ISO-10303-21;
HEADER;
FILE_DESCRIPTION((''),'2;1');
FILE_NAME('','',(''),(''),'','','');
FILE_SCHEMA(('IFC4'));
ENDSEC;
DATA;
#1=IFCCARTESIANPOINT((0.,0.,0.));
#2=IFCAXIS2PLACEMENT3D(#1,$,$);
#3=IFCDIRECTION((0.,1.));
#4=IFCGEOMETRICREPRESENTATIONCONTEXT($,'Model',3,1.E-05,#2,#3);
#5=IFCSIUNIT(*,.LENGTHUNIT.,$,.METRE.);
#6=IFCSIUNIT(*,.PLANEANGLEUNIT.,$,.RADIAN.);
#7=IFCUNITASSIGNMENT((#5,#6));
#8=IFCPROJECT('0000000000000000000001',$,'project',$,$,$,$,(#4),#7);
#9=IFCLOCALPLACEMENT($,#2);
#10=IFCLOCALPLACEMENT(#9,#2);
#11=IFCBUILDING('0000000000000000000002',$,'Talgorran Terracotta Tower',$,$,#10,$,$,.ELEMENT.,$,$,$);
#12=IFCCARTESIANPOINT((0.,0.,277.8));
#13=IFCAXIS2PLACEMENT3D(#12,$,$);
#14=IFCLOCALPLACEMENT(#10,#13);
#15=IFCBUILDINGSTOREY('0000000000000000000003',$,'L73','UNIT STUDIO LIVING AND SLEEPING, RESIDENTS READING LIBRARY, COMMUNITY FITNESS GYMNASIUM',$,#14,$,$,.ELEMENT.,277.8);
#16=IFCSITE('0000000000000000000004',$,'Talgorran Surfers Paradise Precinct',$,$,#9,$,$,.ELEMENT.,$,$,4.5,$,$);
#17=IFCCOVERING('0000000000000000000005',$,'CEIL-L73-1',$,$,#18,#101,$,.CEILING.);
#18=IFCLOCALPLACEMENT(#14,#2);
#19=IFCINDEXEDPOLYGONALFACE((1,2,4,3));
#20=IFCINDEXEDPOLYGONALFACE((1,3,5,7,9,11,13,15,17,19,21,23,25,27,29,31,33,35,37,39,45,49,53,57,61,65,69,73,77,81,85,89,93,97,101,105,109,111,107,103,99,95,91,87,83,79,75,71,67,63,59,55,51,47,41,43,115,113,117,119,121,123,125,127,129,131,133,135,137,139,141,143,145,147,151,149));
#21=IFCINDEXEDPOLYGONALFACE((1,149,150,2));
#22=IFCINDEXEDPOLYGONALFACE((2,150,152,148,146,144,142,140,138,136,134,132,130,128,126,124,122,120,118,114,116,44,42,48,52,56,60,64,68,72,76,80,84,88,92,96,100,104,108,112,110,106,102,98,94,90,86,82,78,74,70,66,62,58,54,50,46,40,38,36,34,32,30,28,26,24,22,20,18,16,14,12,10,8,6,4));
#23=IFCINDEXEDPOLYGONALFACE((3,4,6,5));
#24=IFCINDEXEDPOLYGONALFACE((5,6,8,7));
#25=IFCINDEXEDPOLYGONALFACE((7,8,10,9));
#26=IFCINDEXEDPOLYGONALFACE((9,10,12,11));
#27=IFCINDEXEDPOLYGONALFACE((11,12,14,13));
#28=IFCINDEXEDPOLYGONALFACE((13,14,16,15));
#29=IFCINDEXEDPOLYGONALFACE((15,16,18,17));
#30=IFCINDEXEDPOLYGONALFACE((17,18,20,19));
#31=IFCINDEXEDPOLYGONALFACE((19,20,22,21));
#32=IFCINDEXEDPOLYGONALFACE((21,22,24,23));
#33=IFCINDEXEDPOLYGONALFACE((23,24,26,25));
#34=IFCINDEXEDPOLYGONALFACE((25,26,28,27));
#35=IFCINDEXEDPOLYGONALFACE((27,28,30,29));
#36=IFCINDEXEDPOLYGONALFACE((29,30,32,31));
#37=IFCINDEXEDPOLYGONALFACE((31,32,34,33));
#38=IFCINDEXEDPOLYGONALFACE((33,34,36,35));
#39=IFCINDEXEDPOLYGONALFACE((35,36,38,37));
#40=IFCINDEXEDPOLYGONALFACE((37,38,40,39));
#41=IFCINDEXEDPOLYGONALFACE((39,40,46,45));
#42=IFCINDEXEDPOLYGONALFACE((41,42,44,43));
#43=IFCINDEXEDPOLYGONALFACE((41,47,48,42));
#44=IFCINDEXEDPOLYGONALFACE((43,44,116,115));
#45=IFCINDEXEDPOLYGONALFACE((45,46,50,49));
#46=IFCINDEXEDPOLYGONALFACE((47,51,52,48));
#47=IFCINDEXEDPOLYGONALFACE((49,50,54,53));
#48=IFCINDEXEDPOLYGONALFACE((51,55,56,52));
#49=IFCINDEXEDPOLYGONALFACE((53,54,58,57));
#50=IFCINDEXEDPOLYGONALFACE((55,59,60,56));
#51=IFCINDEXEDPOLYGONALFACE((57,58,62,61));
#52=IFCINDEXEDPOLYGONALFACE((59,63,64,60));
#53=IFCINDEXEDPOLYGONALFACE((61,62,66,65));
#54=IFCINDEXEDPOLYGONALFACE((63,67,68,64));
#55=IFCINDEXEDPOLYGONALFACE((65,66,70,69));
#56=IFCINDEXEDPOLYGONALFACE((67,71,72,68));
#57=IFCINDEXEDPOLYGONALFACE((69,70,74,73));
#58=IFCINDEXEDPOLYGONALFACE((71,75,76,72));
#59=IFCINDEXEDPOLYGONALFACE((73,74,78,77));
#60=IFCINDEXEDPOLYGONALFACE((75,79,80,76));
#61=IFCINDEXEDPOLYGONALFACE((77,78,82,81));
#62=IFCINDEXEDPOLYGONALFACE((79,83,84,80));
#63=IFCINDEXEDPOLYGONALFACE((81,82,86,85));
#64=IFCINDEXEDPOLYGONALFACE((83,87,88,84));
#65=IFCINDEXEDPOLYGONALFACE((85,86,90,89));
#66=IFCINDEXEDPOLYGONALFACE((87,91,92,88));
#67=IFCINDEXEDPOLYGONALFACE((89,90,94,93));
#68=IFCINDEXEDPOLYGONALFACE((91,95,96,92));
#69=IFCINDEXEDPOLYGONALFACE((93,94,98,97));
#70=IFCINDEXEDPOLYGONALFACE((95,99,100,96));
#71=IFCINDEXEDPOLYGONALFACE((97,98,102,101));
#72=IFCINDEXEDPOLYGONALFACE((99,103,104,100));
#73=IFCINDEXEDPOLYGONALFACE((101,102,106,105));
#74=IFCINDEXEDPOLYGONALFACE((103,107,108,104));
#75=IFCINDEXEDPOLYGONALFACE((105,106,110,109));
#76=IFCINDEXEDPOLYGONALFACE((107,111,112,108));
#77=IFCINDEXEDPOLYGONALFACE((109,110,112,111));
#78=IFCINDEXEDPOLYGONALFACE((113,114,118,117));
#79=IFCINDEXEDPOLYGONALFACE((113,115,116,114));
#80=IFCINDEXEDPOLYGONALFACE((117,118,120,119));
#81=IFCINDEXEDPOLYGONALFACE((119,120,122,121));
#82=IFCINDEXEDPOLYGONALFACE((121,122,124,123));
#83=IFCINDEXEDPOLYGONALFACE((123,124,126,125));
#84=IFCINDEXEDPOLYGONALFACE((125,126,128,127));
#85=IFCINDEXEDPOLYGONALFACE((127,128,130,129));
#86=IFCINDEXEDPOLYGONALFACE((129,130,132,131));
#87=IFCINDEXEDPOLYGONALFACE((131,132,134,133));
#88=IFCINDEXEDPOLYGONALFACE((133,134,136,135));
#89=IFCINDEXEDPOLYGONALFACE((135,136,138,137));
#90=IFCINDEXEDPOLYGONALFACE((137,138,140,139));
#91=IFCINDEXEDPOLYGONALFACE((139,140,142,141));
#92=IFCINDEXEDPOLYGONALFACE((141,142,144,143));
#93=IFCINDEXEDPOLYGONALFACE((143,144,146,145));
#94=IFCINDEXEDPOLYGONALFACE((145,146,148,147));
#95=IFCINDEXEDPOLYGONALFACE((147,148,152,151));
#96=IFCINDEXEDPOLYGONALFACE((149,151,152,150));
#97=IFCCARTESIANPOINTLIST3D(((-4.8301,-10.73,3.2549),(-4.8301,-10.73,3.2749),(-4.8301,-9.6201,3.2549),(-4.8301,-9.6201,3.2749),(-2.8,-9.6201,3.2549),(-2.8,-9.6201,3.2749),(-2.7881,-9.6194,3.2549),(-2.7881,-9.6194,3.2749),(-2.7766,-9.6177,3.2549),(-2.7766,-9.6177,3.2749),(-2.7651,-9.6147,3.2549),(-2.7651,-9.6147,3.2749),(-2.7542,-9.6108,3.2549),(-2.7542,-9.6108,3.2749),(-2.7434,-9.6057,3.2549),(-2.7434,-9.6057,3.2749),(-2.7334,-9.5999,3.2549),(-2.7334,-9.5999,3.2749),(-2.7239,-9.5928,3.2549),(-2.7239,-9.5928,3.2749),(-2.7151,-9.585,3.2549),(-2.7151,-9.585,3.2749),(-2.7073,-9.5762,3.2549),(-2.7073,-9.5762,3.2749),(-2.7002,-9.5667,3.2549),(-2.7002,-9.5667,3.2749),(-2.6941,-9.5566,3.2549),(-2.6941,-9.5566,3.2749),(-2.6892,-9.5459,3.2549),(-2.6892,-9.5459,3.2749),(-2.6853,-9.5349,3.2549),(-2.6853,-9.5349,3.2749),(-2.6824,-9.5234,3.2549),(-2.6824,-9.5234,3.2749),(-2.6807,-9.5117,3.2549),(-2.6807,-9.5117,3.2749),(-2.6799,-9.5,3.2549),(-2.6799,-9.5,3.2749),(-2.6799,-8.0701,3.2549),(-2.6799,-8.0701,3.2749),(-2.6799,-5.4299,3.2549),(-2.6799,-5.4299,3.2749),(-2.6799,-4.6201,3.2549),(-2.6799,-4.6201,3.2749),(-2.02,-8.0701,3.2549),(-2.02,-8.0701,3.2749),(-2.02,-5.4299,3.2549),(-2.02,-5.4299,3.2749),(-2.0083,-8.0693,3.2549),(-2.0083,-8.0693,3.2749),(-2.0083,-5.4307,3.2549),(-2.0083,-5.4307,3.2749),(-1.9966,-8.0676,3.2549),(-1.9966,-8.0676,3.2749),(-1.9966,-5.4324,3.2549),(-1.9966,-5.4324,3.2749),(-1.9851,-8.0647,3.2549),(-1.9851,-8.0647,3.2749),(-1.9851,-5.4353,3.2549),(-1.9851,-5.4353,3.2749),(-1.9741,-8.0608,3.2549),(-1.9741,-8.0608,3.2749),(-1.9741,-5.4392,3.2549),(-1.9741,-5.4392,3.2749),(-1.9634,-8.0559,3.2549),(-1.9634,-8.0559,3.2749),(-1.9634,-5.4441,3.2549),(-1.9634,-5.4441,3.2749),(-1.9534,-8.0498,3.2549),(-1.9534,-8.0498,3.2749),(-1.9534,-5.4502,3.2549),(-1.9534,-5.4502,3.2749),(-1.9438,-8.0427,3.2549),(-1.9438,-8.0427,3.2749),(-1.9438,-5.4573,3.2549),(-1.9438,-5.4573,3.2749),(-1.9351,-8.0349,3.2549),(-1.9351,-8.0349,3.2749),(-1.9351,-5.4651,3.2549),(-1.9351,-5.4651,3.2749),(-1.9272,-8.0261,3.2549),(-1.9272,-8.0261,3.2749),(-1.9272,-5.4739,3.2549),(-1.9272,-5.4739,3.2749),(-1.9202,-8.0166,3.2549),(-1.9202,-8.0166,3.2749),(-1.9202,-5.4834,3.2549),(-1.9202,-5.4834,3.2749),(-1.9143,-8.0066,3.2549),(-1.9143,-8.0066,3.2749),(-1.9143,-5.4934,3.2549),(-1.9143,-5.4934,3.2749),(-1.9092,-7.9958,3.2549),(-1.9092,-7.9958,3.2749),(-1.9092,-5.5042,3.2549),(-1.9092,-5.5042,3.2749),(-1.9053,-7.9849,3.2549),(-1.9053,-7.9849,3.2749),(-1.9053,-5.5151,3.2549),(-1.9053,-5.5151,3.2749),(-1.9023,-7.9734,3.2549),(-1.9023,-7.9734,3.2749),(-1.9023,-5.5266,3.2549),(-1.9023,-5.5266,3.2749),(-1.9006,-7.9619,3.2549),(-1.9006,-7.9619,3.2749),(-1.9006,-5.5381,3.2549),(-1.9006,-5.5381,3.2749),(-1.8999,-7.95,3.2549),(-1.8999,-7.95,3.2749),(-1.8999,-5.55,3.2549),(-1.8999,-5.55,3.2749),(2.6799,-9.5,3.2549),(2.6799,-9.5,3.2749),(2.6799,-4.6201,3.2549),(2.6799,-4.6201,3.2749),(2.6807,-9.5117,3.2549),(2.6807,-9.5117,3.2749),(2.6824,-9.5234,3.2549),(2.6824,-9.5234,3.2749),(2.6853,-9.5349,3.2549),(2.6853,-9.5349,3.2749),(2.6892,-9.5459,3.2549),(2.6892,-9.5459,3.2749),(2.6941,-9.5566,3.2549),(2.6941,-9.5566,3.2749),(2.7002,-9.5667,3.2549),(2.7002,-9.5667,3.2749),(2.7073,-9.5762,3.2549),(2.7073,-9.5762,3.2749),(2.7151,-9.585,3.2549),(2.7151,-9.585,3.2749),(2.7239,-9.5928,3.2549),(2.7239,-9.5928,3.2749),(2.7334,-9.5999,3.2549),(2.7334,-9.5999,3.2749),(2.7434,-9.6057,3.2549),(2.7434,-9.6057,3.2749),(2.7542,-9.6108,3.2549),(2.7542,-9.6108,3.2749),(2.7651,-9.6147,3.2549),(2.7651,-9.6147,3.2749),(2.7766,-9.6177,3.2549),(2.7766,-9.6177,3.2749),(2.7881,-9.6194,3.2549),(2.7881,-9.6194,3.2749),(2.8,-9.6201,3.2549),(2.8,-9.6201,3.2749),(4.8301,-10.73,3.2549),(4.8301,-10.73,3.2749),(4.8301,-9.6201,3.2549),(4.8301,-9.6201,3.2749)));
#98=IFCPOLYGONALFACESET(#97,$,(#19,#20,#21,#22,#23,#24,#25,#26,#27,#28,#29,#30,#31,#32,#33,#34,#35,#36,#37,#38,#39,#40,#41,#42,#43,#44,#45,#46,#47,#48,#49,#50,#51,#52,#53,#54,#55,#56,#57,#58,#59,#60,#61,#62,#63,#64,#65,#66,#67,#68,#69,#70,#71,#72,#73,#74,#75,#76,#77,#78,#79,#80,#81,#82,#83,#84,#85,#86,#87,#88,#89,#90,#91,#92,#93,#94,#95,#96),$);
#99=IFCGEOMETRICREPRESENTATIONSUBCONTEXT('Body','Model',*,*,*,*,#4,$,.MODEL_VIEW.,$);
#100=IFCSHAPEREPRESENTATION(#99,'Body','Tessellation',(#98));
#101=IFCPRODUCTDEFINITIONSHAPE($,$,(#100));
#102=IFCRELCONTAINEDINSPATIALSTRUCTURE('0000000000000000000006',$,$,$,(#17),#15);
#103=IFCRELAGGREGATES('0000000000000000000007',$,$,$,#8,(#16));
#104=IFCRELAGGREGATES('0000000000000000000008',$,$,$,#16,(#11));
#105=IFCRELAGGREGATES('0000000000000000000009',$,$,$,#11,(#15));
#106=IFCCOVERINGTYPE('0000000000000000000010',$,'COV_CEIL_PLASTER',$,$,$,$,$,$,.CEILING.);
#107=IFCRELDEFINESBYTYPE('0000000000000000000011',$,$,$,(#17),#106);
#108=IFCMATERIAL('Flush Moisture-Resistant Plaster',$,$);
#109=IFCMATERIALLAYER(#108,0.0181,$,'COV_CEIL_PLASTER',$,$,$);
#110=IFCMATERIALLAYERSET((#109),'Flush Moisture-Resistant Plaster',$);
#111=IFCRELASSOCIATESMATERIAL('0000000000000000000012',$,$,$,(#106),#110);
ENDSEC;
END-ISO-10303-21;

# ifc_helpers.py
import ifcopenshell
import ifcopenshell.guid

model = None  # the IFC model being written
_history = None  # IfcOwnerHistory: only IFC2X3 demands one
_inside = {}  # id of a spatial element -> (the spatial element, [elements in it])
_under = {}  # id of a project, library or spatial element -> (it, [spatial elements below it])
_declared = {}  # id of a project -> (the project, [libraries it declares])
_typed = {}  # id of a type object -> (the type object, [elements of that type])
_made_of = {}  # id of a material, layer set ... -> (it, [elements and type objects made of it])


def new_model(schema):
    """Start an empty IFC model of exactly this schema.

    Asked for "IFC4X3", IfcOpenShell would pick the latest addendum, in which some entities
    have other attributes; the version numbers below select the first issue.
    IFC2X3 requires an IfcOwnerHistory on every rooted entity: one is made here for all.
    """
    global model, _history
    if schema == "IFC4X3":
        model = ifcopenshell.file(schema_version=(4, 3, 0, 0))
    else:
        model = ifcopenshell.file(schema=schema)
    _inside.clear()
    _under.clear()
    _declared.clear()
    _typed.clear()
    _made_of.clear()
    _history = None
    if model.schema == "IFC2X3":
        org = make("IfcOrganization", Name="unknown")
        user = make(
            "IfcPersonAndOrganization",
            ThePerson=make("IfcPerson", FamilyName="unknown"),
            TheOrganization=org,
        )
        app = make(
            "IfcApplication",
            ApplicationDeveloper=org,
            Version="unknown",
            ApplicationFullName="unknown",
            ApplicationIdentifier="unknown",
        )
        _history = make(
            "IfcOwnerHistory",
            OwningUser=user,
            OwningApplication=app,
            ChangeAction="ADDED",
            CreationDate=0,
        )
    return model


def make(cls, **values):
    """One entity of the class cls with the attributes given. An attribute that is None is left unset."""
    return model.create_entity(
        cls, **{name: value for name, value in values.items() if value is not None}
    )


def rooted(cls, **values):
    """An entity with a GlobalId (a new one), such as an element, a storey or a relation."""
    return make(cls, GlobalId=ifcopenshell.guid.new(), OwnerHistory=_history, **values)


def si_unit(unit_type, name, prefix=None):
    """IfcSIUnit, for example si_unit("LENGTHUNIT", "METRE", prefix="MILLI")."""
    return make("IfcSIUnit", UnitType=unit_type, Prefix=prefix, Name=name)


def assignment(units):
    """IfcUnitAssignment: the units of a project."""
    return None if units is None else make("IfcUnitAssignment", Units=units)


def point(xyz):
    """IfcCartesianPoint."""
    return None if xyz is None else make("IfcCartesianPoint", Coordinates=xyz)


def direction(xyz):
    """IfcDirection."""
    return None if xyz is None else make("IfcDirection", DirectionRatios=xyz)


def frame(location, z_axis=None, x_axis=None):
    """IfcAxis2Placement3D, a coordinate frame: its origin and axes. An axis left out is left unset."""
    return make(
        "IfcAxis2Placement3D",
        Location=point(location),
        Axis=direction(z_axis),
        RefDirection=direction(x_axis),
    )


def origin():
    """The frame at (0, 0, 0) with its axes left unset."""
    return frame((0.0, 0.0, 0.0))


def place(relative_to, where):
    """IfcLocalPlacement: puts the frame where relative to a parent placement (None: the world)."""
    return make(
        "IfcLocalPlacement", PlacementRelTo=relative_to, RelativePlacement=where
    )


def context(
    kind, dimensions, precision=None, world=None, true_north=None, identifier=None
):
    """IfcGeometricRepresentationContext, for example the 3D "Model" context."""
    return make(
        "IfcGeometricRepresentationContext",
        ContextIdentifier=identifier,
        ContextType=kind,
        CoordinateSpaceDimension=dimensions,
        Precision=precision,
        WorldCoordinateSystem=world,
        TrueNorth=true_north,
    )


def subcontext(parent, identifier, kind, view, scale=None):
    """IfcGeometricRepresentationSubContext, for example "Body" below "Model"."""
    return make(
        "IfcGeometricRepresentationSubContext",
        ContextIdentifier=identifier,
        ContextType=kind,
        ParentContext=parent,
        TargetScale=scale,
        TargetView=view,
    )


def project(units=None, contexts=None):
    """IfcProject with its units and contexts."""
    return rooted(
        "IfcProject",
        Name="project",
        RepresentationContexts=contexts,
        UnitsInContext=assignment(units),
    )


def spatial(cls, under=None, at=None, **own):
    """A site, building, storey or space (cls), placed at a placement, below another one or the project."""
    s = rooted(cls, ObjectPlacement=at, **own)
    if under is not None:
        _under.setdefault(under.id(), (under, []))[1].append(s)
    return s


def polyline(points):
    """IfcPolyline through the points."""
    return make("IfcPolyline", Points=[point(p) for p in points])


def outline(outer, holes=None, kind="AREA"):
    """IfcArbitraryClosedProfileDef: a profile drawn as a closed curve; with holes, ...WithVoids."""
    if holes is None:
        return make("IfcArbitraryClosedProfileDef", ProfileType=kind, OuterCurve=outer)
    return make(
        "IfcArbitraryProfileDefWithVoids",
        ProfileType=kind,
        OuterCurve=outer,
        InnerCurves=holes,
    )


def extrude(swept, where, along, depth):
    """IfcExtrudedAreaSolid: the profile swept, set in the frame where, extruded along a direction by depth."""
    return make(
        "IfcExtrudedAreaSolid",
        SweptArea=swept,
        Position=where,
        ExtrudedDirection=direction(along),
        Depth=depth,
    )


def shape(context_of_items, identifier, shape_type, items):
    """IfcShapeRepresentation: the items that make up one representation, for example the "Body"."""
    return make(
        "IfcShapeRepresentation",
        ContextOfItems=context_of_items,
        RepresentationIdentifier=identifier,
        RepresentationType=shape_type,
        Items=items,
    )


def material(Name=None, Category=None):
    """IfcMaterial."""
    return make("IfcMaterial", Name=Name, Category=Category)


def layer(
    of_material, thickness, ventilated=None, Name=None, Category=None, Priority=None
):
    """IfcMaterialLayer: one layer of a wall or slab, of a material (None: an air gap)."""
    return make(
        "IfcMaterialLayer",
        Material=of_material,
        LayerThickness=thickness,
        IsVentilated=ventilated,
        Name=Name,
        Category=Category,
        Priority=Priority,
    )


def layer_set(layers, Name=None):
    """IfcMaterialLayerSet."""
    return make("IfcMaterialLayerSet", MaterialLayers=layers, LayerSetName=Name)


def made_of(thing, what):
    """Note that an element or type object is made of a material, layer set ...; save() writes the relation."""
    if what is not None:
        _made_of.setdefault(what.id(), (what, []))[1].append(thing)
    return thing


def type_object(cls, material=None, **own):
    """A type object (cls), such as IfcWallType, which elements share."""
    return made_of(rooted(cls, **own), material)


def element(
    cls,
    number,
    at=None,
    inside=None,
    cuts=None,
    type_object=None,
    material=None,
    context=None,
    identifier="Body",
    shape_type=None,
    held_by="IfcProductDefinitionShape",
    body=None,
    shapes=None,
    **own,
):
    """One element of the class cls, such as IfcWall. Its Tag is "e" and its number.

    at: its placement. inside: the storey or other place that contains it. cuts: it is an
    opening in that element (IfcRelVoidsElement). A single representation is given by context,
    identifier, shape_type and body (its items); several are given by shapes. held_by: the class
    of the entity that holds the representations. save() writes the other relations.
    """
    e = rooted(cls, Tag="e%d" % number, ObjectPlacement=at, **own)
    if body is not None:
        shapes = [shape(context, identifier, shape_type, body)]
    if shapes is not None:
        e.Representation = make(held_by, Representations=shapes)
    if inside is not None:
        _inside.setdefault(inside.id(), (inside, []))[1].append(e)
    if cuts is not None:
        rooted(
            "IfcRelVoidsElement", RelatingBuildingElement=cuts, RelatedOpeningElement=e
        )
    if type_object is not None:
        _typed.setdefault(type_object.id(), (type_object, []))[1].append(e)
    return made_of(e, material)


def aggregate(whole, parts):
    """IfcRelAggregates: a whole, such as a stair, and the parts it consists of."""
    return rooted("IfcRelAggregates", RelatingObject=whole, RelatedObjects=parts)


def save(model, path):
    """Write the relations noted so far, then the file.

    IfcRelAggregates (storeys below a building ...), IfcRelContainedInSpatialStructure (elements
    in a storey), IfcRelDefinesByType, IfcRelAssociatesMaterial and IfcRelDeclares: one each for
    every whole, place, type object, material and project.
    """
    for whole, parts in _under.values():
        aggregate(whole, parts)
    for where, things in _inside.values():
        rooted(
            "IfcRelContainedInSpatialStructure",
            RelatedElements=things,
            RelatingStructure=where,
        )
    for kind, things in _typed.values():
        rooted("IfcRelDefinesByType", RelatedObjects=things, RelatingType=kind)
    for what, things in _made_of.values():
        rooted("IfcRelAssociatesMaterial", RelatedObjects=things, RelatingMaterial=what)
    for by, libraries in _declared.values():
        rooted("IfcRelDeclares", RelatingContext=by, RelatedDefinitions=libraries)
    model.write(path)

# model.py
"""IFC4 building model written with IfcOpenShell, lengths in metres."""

from ifc_helpers import new_model, si_unit, direction, frame, origin, place, context, subcontext, project, spatial, polyline, outline, extrude, material, layer, layer_set, type_object, element, save


model = new_model("IFC4")

# Units and contexts
model_context = context("Model", 3, precision=1e-05, world=origin(), true_north=direction((0.0, 1.0)))
body_context = subcontext(model_context, "Body", "Model", "MODEL_VIEW")
ifc_project = project(units=[si_unit("LENGTHUNIT", "METRE"), si_unit("PLANEANGLEUNIT", "RADIAN")], contexts=[model_context])

# Site, building, storey
site_placement = place(None, origin())
site = spatial("IfcSite", under=ifc_project, at=site_placement, Name="Talgorran Surfers Paradise Precinct", CompositionType="ELEMENT", RefElevation=4.5)
building_placement = place(site_placement, origin())
building = spatial("IfcBuilding", under=site, at=building_placement, Name="Talgorran Terracotta Tower", CompositionType="ELEMENT")
storey_placement = place(building_placement, frame((0.0, 0.0, 277.8)))
storey = spatial("IfcBuildingStorey", under=building, at=storey_placement, Name="L73", Description="UNIT STUDIO LIVING AND SLEEPING, RESIDENTS READING LIBRARY, COMMUNITY FITNESS GYMNASIUM", CompositionType="ELEMENT", Elevation=277.8)

# Covering
ifc_material_1 = material(Name="Flush Moisture-Resistant Plaster")
ifc_layer_1 = layer(ifc_material_1, 0.0181, Name="COV_CEIL_PLASTER")
ifc_layer_set_1 = layer_set([ifc_layer_1], Name="Flush Moisture-Resistant Plaster")
covering_type_1 = type_object("IfcCoveringType", Name="COV_CEIL_PLASTER", PredefinedType="CEILING", material=ifc_layer_set_1)
covering_1_placement = place(storey_placement, frame((0.0, 0.0, 3.2549)))
element("IfcCovering", 1, at=covering_1_placement, inside=storey, type_object=covering_type_1, Name="CEIL-L73-1", PredefinedType="CEILING", context=body_context, shape_type="SweptSolid", body=[
    extrude(outline(polyline([(2.6799, -4.6201), (2.6799, -9.5), (2.6807, -9.5117), (2.6824, -9.5234), (2.6853, -9.5349), (2.6892, -9.5459), (2.6941, -9.5566), (2.7002, -9.5667), (2.7073, -9.5762), (2.7151, -9.585), (2.7239, -9.5928), (2.7334, -9.5999), (2.7434, -9.6057), (2.7542, -9.6108), (2.7651, -9.6147), (2.7766, -9.6177), (2.7881, -9.6194), (2.8, -9.6201), (4.8301, -9.6201), (4.8301, -10.73), (-4.8301, -10.73), (-4.8301, -9.6201), (-2.8, -9.6201), (-2.7881, -9.6194), (-2.7766, -9.6177), (-2.7651, -9.6147), (-2.7542, -9.6108), (-2.7434, -9.6057), (-2.7334, -9.5999), (-2.7239, -9.5928), (-2.7151, -9.585), (-2.7073, -9.5762), (-2.7002, -9.5667), (-2.6941, -9.5566), (-2.6892, -9.5459), (-2.6853, -9.5349), (-2.6824, -9.5234), (-2.6807, -9.5117), (-2.6799, -9.5), (-2.6799, -8.0701), (-2.02, -8.0701), (-2.0083, -8.0693), (-1.9966, -8.0676), (-1.9851, -8.0647), (-1.9741, -8.0608), (-1.9634, -8.0559), (-1.9534, -8.0498), (-1.9438, -8.0427), (-1.9351, -8.0349), (-1.9272, -8.0261), (-1.9202, -8.0166), (-1.9143, -8.0066), (-1.9092, -7.9958), (-1.9053, -7.9849), (-1.9023, -7.9734), (-1.9006, -7.9619), (-1.8999, -7.95), (-1.8999, -5.55), (-1.9006, -5.5381), (-1.9023, -5.5266), (-1.9053, -5.5151), (-1.9092, -5.5042), (-1.9143, -5.4934), (-1.9202, -5.4834), (-1.9272, -5.4739), (-1.9351, -5.4651), (-1.9438, -5.4573), (-1.9534, -5.4502), (-1.9634, -5.4441), (-1.9741, -5.4392), (-1.9851, -5.4353), (-1.9966, -5.4324), (-2.0083, -5.4307), (-2.02, -5.4299), (-2.6799, -5.4299), (-2.6799, -4.6201), (2.6799, -4.6201)])), origin(), (0.0, 0.0, 1.0), 0.02),
])

save(model, "model.ifc")
